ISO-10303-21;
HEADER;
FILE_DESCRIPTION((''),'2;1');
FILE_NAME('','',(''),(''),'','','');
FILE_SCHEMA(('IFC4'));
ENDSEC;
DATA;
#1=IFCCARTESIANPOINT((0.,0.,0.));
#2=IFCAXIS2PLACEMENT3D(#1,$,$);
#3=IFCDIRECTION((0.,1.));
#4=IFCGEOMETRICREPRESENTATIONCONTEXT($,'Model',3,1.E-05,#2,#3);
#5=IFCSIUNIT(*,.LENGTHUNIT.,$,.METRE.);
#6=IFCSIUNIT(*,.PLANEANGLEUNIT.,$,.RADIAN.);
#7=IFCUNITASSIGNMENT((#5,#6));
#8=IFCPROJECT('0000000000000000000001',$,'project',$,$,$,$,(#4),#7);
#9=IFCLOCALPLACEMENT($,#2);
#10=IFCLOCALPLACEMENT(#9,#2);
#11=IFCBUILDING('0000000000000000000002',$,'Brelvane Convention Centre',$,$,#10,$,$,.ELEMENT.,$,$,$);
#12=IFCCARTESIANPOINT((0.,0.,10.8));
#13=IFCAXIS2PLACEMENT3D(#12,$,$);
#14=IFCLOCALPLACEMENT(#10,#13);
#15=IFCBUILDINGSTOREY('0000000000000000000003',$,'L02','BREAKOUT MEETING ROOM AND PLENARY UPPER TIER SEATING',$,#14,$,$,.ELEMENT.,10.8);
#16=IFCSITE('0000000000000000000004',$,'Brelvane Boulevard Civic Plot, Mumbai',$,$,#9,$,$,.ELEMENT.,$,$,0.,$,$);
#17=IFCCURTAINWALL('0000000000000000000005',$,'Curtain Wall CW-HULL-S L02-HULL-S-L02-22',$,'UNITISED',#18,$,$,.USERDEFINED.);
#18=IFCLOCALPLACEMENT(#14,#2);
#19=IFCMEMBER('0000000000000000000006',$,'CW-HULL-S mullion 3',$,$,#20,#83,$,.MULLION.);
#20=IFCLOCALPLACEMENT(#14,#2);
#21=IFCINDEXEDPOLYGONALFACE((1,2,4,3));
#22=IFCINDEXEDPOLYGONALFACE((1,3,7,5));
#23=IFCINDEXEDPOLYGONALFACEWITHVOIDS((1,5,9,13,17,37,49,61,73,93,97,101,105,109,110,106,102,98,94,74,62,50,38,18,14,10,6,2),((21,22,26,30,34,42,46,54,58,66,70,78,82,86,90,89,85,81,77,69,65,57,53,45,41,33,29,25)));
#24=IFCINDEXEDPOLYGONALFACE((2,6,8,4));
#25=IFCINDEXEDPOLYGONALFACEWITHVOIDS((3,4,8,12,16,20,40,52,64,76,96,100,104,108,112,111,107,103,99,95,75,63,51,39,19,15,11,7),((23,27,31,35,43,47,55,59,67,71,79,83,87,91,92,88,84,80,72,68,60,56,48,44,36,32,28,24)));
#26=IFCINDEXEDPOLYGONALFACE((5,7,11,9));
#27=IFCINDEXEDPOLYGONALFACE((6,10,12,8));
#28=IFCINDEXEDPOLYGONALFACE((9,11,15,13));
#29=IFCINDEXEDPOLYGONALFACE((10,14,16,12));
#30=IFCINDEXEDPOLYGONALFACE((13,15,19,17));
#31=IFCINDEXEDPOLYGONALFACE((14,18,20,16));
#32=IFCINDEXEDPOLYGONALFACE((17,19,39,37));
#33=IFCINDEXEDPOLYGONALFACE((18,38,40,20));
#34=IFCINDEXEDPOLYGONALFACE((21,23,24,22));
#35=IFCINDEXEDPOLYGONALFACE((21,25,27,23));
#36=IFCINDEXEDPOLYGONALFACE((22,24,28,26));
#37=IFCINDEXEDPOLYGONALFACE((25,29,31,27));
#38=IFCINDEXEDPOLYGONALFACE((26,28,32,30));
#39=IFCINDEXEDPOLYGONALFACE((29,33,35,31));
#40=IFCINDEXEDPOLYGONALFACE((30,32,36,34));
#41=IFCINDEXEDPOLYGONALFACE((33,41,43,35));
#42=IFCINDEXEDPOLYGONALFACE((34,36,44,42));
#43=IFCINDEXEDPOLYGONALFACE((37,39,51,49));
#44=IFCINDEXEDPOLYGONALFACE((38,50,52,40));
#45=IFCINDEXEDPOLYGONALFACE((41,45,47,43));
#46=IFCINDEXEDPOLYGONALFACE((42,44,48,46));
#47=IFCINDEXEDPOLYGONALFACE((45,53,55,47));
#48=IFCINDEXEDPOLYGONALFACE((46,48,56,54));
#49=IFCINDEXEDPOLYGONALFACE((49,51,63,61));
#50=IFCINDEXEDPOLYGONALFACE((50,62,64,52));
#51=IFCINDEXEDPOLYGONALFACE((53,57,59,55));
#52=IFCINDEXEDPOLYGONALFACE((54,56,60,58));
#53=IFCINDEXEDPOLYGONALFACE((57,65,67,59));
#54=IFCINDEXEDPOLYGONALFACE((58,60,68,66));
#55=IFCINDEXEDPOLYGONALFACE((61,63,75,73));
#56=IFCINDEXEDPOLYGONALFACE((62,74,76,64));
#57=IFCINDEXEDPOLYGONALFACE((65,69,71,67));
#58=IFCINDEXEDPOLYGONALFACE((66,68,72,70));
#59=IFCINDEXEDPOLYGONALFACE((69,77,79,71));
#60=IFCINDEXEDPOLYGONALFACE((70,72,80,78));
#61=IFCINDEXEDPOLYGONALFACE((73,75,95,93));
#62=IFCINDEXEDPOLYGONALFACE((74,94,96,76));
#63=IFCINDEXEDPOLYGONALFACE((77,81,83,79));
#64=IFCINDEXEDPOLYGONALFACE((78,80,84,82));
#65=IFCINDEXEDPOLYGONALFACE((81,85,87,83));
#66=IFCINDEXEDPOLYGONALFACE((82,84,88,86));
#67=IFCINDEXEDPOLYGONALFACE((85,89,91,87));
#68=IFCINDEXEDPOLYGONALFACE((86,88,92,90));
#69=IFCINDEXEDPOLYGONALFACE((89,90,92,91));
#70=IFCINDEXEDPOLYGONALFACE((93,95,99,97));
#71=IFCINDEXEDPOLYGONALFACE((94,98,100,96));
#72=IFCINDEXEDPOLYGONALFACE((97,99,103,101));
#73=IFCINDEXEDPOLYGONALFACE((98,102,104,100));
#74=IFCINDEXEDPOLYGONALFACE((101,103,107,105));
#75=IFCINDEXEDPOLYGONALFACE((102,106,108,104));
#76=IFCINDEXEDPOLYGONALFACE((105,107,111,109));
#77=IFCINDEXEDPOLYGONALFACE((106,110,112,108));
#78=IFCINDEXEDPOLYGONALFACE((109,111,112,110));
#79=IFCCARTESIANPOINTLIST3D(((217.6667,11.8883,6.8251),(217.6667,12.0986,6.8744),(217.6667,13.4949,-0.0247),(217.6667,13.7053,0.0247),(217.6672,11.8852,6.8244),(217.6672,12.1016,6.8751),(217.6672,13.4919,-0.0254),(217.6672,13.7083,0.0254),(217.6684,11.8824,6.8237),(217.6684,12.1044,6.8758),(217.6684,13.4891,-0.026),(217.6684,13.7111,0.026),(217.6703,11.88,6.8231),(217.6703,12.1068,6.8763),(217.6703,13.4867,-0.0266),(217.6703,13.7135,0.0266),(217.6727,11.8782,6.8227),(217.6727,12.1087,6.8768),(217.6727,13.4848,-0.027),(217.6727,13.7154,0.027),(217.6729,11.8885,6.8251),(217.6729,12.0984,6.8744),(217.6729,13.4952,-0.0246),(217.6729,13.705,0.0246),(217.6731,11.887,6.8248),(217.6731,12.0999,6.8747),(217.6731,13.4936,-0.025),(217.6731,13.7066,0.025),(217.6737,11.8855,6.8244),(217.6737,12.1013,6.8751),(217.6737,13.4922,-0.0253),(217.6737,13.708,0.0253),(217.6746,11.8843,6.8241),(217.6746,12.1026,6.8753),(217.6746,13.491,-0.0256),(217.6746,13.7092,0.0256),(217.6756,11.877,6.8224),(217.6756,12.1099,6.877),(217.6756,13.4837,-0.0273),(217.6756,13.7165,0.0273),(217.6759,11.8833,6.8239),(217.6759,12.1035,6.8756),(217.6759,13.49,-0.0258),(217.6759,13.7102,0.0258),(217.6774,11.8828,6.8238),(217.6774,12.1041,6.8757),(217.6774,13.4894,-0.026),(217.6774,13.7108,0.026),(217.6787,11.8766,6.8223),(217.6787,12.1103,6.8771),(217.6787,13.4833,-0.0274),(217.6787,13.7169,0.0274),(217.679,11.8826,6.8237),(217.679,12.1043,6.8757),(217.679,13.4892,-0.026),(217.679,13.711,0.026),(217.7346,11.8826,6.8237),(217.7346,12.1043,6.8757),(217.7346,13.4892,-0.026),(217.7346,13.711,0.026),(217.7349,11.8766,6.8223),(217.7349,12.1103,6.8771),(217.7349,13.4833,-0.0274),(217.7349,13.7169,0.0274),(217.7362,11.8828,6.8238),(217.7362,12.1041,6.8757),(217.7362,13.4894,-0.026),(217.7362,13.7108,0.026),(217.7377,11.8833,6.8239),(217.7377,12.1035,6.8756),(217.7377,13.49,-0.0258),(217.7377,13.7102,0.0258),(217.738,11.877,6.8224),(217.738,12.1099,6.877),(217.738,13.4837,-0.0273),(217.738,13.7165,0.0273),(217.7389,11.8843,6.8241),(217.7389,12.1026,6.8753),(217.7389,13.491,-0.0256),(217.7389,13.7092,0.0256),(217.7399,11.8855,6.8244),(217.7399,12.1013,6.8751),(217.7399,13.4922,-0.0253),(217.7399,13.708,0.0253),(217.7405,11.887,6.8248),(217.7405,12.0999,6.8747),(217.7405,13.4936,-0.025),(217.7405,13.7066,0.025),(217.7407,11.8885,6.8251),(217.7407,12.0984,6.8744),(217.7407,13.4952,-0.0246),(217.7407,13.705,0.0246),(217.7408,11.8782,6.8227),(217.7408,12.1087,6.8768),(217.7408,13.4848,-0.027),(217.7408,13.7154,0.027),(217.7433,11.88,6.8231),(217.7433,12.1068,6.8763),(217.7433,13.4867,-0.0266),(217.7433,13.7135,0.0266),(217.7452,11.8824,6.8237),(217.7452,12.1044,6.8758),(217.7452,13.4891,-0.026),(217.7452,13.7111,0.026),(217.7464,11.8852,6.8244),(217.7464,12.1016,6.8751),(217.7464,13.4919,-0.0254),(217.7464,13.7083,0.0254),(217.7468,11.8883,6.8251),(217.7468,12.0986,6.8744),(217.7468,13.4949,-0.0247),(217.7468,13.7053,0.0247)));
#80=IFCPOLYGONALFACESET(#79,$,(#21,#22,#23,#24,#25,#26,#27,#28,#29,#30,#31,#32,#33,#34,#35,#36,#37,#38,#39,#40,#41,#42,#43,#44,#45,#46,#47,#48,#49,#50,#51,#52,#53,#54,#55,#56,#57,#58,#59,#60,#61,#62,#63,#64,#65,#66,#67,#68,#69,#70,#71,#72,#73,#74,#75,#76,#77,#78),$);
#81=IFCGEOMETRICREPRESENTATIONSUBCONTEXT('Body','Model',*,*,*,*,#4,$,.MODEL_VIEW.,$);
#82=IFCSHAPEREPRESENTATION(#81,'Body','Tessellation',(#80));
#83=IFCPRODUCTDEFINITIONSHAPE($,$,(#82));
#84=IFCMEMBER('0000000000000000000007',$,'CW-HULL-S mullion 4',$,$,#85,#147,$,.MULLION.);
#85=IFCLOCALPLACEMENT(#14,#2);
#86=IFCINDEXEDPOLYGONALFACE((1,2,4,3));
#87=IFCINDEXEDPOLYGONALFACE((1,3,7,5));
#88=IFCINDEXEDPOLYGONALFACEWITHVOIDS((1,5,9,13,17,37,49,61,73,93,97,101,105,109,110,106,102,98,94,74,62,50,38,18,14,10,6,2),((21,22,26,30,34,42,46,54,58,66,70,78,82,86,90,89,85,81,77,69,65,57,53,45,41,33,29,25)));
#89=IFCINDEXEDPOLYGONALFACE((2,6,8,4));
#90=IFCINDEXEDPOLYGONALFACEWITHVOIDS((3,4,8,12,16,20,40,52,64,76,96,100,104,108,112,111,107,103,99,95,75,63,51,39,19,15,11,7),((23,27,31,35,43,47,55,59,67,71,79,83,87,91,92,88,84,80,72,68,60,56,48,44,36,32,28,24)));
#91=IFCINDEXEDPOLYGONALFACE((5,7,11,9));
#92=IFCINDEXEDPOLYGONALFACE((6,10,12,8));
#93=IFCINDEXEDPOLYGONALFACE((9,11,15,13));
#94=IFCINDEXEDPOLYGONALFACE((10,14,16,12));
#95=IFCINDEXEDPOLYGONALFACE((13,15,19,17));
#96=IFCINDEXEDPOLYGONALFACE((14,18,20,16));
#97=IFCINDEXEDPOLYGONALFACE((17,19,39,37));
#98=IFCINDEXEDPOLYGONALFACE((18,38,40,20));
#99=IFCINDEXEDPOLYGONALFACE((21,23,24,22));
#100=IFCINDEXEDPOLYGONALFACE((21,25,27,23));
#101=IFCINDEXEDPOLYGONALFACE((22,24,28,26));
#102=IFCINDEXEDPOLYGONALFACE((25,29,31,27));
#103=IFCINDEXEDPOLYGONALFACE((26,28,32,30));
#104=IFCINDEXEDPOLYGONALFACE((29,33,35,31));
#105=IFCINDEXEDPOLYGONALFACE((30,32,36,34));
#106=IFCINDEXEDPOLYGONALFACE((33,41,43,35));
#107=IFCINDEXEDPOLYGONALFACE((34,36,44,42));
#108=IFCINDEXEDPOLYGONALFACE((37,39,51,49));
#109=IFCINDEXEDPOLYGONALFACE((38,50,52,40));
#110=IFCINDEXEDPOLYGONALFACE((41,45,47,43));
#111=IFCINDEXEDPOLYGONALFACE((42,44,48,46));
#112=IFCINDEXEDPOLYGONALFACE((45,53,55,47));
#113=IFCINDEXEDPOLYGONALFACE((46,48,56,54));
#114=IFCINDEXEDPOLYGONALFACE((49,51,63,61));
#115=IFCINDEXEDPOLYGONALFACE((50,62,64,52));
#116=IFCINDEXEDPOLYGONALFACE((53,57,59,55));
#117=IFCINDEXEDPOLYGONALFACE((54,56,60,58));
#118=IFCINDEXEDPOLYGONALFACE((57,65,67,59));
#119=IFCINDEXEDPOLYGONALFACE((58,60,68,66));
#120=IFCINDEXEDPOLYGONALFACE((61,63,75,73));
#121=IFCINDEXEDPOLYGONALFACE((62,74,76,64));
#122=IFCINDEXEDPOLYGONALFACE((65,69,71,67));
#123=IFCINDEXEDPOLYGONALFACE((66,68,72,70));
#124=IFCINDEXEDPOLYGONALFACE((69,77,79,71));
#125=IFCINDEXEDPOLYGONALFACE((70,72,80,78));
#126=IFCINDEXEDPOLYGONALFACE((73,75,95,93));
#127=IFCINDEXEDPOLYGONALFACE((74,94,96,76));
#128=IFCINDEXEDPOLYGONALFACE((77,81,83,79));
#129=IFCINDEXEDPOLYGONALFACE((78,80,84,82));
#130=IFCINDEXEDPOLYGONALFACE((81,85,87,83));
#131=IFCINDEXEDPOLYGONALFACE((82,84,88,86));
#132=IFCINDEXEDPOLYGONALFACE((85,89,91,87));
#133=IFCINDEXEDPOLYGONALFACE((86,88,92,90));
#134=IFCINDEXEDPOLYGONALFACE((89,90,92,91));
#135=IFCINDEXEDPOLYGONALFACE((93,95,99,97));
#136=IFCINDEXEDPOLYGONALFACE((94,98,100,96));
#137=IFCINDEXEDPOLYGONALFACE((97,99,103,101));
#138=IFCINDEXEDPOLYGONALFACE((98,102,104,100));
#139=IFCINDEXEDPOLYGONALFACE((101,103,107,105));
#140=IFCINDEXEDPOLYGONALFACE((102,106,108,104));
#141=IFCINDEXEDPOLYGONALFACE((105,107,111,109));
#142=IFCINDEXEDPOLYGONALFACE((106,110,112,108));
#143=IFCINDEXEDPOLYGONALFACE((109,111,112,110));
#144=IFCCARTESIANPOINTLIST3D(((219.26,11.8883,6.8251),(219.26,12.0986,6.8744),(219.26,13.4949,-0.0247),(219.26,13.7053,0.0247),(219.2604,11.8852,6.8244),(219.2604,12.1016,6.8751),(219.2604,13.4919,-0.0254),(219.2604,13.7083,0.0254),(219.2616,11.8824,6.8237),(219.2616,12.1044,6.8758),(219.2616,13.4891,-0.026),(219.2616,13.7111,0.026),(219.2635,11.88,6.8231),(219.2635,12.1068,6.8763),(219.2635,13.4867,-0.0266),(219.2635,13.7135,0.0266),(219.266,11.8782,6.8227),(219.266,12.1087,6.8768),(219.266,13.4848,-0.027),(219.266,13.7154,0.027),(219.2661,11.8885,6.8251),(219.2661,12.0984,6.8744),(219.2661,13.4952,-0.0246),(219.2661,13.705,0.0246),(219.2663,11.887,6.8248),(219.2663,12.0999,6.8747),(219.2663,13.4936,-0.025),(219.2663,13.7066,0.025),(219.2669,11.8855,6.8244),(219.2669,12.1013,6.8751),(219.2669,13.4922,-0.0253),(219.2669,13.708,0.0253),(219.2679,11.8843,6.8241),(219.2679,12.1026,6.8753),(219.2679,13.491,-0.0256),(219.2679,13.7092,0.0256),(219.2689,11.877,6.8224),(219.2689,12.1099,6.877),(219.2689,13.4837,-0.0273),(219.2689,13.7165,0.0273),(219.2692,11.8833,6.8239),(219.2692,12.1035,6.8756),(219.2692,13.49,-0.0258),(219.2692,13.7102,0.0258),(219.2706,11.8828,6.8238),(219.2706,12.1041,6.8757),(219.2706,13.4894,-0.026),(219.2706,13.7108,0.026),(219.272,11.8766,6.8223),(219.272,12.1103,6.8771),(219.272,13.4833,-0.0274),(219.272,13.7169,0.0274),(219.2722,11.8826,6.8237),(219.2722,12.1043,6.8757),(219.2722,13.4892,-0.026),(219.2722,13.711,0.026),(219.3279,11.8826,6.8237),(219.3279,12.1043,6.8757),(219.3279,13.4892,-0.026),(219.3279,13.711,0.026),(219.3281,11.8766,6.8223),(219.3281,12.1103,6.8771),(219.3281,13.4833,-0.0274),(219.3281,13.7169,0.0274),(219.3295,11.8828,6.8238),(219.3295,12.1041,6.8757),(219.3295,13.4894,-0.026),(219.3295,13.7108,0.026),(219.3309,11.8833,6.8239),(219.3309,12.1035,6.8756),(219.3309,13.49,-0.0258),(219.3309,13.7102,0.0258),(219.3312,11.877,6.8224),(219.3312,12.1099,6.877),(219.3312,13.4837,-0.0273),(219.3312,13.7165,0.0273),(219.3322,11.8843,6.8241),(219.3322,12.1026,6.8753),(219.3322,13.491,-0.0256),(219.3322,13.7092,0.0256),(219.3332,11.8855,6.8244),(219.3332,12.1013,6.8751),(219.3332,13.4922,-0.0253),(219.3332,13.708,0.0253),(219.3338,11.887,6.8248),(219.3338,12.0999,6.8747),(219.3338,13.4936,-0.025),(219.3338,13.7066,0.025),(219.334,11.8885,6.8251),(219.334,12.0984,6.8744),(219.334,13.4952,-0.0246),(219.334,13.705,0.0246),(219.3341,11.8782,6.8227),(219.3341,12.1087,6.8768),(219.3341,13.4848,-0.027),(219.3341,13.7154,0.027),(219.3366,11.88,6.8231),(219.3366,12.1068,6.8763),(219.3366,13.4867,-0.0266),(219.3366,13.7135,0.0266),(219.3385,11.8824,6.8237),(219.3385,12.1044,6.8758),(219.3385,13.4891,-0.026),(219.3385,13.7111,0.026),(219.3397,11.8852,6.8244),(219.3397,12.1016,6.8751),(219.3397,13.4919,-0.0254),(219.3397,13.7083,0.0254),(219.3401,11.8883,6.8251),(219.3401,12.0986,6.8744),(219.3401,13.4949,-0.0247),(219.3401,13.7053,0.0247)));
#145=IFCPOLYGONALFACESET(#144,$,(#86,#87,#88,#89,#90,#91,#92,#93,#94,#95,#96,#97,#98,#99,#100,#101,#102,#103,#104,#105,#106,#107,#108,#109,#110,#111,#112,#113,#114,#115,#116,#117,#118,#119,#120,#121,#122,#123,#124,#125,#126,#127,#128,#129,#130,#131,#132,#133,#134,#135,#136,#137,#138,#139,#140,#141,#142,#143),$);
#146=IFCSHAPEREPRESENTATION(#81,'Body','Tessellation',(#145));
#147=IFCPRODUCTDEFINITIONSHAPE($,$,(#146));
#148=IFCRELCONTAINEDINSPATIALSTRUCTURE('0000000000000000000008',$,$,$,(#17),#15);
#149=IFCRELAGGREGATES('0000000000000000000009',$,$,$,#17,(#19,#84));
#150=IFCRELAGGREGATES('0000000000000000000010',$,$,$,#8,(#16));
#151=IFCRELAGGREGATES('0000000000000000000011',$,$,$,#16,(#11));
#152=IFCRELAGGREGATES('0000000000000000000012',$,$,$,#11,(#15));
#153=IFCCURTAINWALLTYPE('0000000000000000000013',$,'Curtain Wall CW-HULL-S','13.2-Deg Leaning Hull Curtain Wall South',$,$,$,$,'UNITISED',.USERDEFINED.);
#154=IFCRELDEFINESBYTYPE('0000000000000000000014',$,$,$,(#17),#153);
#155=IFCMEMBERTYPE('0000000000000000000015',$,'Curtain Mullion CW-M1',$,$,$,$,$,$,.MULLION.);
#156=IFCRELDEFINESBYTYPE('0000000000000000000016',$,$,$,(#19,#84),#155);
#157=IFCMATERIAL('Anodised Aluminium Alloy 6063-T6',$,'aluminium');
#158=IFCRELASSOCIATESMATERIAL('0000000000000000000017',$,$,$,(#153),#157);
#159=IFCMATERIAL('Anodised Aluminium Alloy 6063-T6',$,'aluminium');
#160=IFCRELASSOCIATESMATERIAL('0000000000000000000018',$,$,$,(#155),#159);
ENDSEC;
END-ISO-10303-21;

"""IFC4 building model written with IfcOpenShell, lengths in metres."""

from ifc_helpers import new_model, si_unit, direction, frame, origin, origin_2d, place, context, subcontext, project, spatial, hollow_rectangle, extrude, material, material_profile, profile_set, type_object, element, aggregate, save


model = new_model("IFC4")

# Units and contexts
model_context = context("Model", 3, precision=1e-05, world=origin(), true_north=direction((0.0, 1.0)))
body_context = subcontext(model_context, "Body", "Model", "MODEL_VIEW")
ifc_project = project(units=[si_unit("LENGTHUNIT", "METRE"), si_unit("PLANEANGLEUNIT", "RADIAN")], contexts=[model_context])

# Site, building, storey
site_placement = place(None, origin())
site = spatial("IfcSite", under=ifc_project, at=site_placement, Name="Brelvane Boulevard Civic Plot, Mumbai", CompositionType="ELEMENT", RefElevation=0.0)
building_placement = place(site_placement, origin())
building = spatial("IfcBuilding", under=site, at=building_placement, Name="Brelvane Convention Centre", CompositionType="ELEMENT")
storey_placement = place(building_placement, frame((0.0, 0.0, 10.8)))
storey = spatial("IfcBuildingStorey", under=building, at=storey_placement, Name="L02", Description="BREAKOUT MEETING ROOM AND PLENARY UPPER TIER SEATING", CompositionType="ELEMENT", Elevation=10.8)

# Curtain wall, members
ifc_material_1 = material(Name="Anodised Aluminium Alloy 6063-T6", Category="aluminium")
curtain_wall_type = type_object("IfcCurtainWallType", Name="Curtain Wall CW-HULL-S", Description="13.2-Deg Leaning Hull Curtain Wall South", ElementType="UNITISED", PredefinedType="USERDEFINED", material=ifc_material_1)
curtain_wall_placement = place(storey_placement, origin())
curtain_wall = element("IfcCurtainWall", 1, at=curtain_wall_placement, inside=storey, type_object=curtain_wall_type, Name="Curtain Wall CW-HULL-S L02-HULL-S-L02-22", ObjectType="UNITISED", PredefinedType="USERDEFINED")
ifc_material_2 = material(Name="Anodised Aluminium Alloy 6063-T6", Category="aluminium")
ifc_material_profile_1 = material_profile(ifc_material_2, hollow_rectangle(XDim=0.0801, YDim=0.24, WallThickness=0.0061, InnerFilletRadius=0.0061, OuterFilletRadius=0.012, at=origin_2d()), Name="ALU-M 240x80x6.0")
ifc_profile_set_1 = profile_set([ifc_material_profile_1], Name="Anodised Aluminium Alloy 6063-T6")
member_type_1 = type_object("IfcMemberType", Name="Curtain Mullion CW-M1", PredefinedType="MULLION", material=ifc_profile_set_1)
member_1_placement = place(storey_placement, frame((217.7068, 13.6001, 0.0), z_axis=(0.0, -0.22836, 0.973577), x_axis=(1.0, 0.0, 0.0)))
member_1 = element("IfcMember", 2, at=member_1_placement, type_object=member_type_1, Name="CW-HULL-S mullion 3", PredefinedType="MULLION", context=body_context, shape_type="SweptSolid", body=[
    extrude(hollow_rectangle(XDim=0.0801, YDim=0.24, WallThickness=0.0061, InnerFilletRadius=0.0061, OuterFilletRadius=0.012, at=origin_2d()), origin(), (0.0, 0.0, 1.0), 7.0356),
])
member_2_placement = place(storey_placement, frame((219.3, 13.6001, 0.0), z_axis=(0.0, -0.22836, 0.973577), x_axis=(1.0, 0.0, 0.0)))
member_2 = element("IfcMember", 3, at=member_2_placement, type_object=member_type_1, Name="CW-HULL-S mullion 4", PredefinedType="MULLION", context=body_context, shape_type="SweptSolid", body=[
    extrude(hollow_rectangle(XDim=0.0801, YDim=0.24, WallThickness=0.0061, InnerFilletRadius=0.0061, OuterFilletRadius=0.012, at=origin_2d()), origin(), (0.0, 0.0, 1.0), 7.0356),
])

aggregate(curtain_wall, [member_1, member_2])

save(model, "model.ifc")
